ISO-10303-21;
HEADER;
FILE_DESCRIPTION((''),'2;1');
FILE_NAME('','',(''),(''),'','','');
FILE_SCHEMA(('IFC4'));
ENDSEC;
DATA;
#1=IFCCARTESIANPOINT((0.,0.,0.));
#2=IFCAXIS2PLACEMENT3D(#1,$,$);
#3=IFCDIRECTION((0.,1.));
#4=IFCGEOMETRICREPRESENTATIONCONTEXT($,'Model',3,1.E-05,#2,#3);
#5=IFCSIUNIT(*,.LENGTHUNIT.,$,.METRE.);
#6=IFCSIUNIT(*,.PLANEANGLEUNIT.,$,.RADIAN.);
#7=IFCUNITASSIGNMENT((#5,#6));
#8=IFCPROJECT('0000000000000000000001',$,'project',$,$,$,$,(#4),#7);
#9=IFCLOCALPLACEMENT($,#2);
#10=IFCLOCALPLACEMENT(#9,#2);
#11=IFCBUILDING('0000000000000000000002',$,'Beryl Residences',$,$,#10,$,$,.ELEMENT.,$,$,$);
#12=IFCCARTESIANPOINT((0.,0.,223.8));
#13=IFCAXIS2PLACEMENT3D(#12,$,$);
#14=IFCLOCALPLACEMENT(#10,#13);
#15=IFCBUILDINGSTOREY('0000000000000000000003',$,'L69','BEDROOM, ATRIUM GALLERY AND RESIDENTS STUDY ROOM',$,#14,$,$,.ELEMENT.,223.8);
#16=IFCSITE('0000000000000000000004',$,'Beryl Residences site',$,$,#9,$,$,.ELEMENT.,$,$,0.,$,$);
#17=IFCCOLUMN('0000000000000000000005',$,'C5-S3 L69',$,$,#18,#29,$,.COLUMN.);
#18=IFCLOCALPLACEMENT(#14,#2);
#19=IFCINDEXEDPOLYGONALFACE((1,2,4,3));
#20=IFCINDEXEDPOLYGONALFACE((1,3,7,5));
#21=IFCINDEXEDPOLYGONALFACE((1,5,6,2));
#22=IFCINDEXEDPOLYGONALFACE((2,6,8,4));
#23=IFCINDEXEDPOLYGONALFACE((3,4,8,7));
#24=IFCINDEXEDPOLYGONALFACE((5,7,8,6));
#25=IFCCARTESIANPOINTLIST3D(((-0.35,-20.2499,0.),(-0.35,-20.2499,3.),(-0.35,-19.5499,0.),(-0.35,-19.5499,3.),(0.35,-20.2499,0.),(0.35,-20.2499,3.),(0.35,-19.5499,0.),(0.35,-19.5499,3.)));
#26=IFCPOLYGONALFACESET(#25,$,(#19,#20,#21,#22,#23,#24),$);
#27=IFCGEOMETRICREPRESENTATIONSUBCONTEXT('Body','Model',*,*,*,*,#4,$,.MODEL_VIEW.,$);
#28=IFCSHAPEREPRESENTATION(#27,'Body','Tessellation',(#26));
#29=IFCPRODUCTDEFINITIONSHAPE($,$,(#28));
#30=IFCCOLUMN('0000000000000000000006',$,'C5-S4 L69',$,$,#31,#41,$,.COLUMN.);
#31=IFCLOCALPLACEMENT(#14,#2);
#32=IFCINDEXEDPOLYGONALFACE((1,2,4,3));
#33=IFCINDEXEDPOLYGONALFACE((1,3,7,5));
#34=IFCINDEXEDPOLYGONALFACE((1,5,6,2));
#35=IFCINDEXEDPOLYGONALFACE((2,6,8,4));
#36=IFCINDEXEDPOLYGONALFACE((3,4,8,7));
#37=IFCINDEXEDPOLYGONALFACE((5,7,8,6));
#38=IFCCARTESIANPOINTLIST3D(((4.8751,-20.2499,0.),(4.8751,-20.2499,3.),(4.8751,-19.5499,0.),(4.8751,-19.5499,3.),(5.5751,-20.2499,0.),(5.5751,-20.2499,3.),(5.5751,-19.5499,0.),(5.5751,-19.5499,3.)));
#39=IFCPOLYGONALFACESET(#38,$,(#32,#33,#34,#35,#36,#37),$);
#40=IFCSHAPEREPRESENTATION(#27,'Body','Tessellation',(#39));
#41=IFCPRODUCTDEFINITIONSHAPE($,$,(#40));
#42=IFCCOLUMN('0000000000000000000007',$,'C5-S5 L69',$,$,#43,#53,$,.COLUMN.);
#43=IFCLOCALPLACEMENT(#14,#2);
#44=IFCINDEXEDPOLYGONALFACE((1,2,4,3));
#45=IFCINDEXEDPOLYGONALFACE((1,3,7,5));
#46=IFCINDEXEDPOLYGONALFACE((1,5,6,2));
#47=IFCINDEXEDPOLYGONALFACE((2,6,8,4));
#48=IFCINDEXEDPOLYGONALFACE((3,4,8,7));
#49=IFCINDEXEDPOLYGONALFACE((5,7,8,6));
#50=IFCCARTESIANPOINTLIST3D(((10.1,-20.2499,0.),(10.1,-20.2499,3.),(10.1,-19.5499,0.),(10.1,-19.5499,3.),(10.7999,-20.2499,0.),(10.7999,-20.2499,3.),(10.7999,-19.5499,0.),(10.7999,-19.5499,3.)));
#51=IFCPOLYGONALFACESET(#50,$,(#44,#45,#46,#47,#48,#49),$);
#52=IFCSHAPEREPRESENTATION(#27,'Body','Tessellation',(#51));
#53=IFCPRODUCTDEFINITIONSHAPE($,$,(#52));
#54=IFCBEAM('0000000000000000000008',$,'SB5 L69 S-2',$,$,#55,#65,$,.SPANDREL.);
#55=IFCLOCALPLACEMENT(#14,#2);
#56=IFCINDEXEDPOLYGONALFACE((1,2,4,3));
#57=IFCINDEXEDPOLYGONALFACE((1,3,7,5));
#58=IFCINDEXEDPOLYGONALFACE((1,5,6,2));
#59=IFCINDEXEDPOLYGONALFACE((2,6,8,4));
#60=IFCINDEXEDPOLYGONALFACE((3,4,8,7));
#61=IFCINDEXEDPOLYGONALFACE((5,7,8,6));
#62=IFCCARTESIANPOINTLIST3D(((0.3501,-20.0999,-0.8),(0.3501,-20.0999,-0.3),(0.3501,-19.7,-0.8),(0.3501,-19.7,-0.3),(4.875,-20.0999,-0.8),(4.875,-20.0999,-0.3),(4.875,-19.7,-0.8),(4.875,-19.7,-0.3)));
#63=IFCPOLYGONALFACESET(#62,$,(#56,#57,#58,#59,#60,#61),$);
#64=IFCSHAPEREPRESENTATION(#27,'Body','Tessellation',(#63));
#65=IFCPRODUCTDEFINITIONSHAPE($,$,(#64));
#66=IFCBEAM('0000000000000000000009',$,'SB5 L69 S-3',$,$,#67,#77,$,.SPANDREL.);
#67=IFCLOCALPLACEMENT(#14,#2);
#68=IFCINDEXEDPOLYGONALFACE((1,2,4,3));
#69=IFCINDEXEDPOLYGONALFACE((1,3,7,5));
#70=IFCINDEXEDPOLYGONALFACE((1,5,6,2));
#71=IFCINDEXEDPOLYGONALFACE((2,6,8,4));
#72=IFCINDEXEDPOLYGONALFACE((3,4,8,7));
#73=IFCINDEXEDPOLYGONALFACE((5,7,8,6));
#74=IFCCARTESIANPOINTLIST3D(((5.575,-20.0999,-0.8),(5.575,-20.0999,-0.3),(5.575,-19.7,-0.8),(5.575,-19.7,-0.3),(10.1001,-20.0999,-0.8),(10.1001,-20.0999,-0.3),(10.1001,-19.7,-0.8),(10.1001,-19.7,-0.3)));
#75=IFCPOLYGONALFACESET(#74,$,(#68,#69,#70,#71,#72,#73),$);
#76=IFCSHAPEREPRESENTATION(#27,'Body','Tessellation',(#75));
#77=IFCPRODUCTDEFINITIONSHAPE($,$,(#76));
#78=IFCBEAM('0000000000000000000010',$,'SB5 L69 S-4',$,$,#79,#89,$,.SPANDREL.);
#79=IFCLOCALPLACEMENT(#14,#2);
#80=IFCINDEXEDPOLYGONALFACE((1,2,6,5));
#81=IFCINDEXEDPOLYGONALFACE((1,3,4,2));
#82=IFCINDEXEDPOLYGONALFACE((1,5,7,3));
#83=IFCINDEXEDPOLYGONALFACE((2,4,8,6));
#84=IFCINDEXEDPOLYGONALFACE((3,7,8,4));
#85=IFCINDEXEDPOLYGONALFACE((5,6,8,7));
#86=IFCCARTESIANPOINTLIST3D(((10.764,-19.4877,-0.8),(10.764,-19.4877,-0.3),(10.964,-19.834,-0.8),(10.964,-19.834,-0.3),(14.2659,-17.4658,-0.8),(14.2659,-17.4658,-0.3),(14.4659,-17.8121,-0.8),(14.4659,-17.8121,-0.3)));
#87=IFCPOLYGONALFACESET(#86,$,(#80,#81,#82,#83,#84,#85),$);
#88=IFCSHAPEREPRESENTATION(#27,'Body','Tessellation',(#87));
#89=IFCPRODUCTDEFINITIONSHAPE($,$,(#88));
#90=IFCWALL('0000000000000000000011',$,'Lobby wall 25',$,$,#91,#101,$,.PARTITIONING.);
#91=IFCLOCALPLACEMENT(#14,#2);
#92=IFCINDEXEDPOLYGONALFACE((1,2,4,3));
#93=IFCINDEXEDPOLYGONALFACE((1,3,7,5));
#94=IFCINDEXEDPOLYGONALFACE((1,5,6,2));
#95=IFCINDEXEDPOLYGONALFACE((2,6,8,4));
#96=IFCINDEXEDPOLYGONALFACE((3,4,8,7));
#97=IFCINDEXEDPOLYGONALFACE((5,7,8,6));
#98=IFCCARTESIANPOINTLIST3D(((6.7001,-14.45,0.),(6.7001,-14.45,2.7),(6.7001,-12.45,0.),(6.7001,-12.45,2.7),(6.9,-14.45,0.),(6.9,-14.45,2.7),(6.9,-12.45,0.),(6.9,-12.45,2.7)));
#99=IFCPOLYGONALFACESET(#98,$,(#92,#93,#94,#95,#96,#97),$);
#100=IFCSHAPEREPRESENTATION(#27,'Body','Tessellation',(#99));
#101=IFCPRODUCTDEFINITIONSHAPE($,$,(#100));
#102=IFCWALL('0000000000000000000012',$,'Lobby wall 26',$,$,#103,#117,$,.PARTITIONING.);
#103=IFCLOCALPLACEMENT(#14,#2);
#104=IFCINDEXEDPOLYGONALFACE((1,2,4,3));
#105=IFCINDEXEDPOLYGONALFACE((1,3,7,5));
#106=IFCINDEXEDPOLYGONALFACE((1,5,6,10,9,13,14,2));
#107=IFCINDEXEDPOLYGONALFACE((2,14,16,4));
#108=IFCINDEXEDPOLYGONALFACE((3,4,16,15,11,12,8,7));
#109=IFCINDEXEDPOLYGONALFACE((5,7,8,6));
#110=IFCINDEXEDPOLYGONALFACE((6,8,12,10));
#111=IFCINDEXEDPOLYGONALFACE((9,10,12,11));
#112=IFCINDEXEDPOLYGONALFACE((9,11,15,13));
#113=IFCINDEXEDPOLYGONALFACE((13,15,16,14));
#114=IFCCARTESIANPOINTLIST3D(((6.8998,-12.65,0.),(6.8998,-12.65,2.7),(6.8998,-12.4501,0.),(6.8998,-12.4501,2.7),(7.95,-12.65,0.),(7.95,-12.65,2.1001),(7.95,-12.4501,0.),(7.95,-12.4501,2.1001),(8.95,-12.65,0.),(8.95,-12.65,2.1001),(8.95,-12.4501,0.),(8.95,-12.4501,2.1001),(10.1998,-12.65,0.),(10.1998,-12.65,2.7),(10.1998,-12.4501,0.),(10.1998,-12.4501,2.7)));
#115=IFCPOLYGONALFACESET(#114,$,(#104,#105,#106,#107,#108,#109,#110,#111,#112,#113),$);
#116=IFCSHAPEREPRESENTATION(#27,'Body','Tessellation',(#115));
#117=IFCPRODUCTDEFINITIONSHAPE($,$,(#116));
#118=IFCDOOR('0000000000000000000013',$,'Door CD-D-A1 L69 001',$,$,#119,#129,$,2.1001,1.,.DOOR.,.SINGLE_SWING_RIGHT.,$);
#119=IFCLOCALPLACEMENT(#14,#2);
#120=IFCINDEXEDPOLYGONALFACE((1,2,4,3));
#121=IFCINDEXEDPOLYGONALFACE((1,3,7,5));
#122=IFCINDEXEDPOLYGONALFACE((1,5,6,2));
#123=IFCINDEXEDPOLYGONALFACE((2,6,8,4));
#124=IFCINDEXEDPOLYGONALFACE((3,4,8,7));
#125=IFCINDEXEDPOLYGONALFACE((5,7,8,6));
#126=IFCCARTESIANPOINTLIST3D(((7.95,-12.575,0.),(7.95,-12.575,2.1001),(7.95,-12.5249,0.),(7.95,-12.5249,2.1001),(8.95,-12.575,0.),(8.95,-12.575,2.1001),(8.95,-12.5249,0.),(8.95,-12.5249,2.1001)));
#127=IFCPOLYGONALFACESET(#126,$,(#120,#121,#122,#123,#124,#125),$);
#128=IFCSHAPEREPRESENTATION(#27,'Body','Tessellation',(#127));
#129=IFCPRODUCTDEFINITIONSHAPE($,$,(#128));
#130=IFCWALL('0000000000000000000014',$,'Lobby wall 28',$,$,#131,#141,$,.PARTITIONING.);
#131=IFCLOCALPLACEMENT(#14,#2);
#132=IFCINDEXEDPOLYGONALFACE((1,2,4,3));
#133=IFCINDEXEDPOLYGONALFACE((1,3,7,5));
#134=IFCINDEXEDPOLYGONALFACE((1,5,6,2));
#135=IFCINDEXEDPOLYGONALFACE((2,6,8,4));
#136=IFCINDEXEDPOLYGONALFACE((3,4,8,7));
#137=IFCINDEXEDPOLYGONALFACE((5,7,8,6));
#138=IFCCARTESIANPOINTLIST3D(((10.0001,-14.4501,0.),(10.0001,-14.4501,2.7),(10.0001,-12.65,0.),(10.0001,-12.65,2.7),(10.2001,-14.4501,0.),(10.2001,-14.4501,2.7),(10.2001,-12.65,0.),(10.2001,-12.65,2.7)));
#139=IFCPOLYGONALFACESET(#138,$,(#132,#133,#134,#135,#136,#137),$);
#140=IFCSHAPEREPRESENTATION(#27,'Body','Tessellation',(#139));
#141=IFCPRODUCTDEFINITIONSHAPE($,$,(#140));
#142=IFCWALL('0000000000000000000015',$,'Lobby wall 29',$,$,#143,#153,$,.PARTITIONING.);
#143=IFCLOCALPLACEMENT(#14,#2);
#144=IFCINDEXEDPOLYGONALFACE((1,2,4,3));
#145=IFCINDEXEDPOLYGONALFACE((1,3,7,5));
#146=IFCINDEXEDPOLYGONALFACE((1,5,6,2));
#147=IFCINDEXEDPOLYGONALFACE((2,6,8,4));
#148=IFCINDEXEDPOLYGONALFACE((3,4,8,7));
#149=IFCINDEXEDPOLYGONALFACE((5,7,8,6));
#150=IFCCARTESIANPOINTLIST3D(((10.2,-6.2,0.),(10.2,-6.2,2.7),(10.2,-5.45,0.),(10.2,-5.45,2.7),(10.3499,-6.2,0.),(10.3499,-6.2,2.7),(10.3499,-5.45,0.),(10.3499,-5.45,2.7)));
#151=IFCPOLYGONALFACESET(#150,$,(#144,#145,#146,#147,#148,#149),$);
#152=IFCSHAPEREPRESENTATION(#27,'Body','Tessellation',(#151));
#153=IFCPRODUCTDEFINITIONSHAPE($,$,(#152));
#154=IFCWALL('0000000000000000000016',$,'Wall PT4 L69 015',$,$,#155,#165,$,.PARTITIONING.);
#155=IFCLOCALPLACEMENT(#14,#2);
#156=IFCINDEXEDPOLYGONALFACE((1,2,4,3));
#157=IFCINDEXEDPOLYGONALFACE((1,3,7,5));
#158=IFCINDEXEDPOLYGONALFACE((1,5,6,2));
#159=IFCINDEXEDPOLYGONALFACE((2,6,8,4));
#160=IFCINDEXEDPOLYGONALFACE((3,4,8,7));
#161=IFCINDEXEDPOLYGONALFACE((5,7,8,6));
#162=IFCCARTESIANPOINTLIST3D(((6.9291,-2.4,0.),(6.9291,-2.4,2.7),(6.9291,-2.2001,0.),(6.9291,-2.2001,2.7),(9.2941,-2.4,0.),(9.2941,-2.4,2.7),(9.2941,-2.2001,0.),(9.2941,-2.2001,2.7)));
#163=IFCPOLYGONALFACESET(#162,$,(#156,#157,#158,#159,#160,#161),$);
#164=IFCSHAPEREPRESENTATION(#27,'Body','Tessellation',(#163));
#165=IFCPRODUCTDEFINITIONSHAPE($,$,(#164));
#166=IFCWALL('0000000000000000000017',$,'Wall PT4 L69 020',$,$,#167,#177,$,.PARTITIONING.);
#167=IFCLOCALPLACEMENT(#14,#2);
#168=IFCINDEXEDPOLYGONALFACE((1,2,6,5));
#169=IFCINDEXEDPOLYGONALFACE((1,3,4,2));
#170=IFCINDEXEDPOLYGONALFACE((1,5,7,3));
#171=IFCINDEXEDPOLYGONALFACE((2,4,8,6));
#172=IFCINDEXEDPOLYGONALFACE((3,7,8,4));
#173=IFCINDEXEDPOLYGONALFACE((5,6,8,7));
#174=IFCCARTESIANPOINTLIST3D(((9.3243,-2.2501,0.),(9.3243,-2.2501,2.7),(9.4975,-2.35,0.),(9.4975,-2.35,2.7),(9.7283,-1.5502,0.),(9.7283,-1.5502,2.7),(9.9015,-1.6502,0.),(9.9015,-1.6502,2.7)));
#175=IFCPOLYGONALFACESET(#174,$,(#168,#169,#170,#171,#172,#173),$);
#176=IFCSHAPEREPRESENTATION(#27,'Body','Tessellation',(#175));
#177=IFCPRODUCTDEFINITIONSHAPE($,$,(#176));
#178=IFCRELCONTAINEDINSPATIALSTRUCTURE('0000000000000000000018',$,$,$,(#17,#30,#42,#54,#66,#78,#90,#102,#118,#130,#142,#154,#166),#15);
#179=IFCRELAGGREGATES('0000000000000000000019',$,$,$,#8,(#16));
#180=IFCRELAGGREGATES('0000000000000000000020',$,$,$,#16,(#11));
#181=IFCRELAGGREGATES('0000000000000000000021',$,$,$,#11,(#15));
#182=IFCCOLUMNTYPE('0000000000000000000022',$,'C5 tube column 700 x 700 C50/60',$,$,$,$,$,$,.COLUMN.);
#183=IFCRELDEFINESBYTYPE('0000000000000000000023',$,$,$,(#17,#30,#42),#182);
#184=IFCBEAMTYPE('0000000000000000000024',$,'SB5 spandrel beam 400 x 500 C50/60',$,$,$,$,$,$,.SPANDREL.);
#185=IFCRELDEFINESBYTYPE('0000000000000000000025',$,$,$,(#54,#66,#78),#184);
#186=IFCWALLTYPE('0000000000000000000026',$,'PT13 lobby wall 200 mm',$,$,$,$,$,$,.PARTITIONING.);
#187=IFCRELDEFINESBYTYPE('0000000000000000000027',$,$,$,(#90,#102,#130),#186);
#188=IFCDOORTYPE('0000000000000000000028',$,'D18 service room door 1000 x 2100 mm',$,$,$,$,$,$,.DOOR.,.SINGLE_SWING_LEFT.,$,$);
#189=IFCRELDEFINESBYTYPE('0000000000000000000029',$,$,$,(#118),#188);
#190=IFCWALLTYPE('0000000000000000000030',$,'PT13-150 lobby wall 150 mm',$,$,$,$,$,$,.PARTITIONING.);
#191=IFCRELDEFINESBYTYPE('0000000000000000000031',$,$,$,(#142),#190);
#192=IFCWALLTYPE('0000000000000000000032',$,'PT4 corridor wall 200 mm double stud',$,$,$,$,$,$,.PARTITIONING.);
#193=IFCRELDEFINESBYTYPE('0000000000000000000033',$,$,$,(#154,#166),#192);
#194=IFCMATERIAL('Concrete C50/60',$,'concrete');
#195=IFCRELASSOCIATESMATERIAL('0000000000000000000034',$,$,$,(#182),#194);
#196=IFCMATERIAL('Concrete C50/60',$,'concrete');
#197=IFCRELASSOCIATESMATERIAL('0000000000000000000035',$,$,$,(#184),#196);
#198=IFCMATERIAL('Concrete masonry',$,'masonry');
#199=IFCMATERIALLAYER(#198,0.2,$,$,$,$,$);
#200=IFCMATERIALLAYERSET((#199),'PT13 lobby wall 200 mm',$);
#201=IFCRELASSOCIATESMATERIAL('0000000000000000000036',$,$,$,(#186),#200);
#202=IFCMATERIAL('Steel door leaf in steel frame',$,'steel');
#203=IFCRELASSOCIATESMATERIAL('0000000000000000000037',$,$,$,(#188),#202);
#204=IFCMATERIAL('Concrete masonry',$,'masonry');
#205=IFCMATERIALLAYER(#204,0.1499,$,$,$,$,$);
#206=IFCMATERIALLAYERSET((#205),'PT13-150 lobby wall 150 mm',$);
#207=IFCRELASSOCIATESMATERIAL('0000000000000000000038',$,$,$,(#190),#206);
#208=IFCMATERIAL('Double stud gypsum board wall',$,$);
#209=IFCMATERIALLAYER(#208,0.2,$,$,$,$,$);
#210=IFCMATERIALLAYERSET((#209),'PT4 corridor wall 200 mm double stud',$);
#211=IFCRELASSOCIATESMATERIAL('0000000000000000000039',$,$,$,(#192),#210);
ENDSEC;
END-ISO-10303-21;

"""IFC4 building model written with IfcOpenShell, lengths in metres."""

from ifc_helpers import new_model, si_unit, direction, frame, frame_2d, origin, origin_2d, place, context, subcontext, project, spatial, rectangle, extrude, material, layer, layer_set, material_profile, profile_set, type_object, element, fill, save


model = new_model("IFC4")

# Units and contexts
model_context = context("Model", 3, precision=1e-05, world=origin(), true_north=direction((0.0, 1.0)))
body_context = subcontext(model_context, "Body", "Model", "MODEL_VIEW")
ifc_project = project(units=[si_unit("LENGTHUNIT", "METRE"), si_unit("PLANEANGLEUNIT", "RADIAN")], contexts=[model_context])

# Site, building, storey
site_placement = place(None, origin())
site = spatial("IfcSite", under=ifc_project, at=site_placement, Name="Beryl Residences site", CompositionType="ELEMENT", RefElevation=0.0)
building_placement = place(site_placement, origin())
building = spatial("IfcBuilding", under=site, at=building_placement, Name="Beryl Residences", CompositionType="ELEMENT")
storey_placement = place(building_placement, frame((0.0, 0.0, 223.8)))
storey = spatial("IfcBuildingStorey", under=building, at=storey_placement, Name="L69", Description="BEDROOM, ATRIUM GALLERY AND RESIDENTS STUDY ROOM", CompositionType="ELEMENT", Elevation=223.8)

# Columns
ifc_material_1 = material(Name="Concrete C50/60", Category="concrete")
ifc_material_profile_1 = material_profile(ifc_material_1, rectangle(XDim=0.7, YDim=0.7, at=origin_2d()))
ifc_profile_set_1 = profile_set([ifc_material_profile_1], Name="Concrete C50/60")
column_type = type_object("IfcColumnType", Name="C5 tube column 700 x 700 C50/60", PredefinedType="COLUMN", material=ifc_profile_set_1)
for number, where, z_axis, x_axis, name in (
    (1, (0.0, -19.8999, 0.0), (0.0, 0.0, 1.0), (1.0, 0.0, 0.0), "C5-S3 L69"),
    (2, (5.2251, -19.8999, 0.0), (0.0, 0.0, 1.0), (1.0, 0.0, 0.0), "C5-S4 L69"),
    (3, (10.45, -19.8999, 0.0), (0.0, 0.0, 1.0), (1.0, 0.0, 0.0), "C5-S5 L69"),
):
    element("IfcColumn", number, at=place(storey_placement, frame(where, z_axis=z_axis, x_axis=x_axis)), inside=storey, type_object=column_type, Name=name, PredefinedType="COLUMN", context=body_context, shape_type="SweptSolid", body=[
        extrude(rectangle(XDim=0.7, YDim=0.7, at=origin_2d()), origin(), (0.0, 0.0, 1.0), 3.0),
    ])

# Beams
ifc_material_2 = material(Name="Concrete C50/60", Category="concrete")
ifc_material_profile_2 = material_profile(ifc_material_2, rectangle(XDim=0.3999, YDim=0.5, at=origin_2d()))
ifc_profile_set_2 = profile_set([ifc_material_profile_2], Name="Concrete C50/60")
beam_type = type_object("IfcBeamType", Name="SB5 spandrel beam 400 x 500 C50/60", PredefinedType="SPANDREL", material=ifc_profile_set_2)
beam_1_placement = place(storey_placement, frame((0.3501, -19.8999, -0.55), z_axis=(1.0, 0.0, 0.0), x_axis=(0.0, 1.0, 0.0)))
element("IfcBeam", 4, at=beam_1_placement, inside=storey, type_object=beam_type, Name="SB5 L69 S-2", PredefinedType="SPANDREL", context=body_context, shape_type="SweptSolid", body=[
    extrude(rectangle(XDim=0.3999, YDim=0.5, at=origin_2d()), origin(), (0.0, 0.0, 1.0), 4.5249),
])
beam_2_placement = place(storey_placement, frame((5.575, -19.8999, -0.55), z_axis=(1.0, 0.0, 0.0), x_axis=(0.0, 1.0, 0.0)))
element("IfcBeam", 5, at=beam_2_placement, inside=storey, type_object=beam_type, Name="SB5 L69 S-3", PredefinedType="SPANDREL", context=body_context, shape_type="SweptSolid", body=[
    extrude(rectangle(XDim=0.3999, YDim=0.5, at=origin_2d()), origin(), (0.0, 0.0, 1.0), 4.5251),
])
beam_3_placement = place(storey_placement, frame((10.864, -19.6609, -0.55), z_axis=(0.866013, 0.500022, 0.0), x_axis=(-0.500022, 0.866013, 0.0)))
element("IfcBeam", 6, at=beam_3_placement, inside=storey, type_object=beam_type, Name="SB5 L69 S-4", PredefinedType="SPANDREL", context=body_context, shape_type="SweptSolid", body=[
    extrude(rectangle(XDim=0.3999, YDim=0.5, at=origin_2d()), origin(), (0.0, 0.0, 1.0), 4.0437),
])

# Wall
ifc_material_3 = material(Name="Concrete masonry", Category="masonry")
ifc_layer_1 = layer(ifc_material_3, 0.2)
ifc_layer_set_1 = layer_set([ifc_layer_1], Name="PT13 lobby wall 200 mm")
wall_type_1 = type_object("IfcWallType", Name="PT13 lobby wall 200 mm", PredefinedType="PARTITIONING", material=ifc_layer_set_1)
wall_1_placement = place(storey_placement, frame((6.8, -14.45, 0.0), z_axis=(0.0, 0.0, 1.0), x_axis=(0.0, 1.0, 0.0)))
element("IfcWall", 7, at=wall_1_placement, inside=storey, type_object=wall_type_1, Name="Lobby wall 25", PredefinedType="PARTITIONING", context=body_context, shape_type="SweptSolid", body=[
    extrude(rectangle(XDim=2.0, YDim=0.2, at=frame_2d((1.0, 0.0))), origin(), (0.0, 0.0, 1.0), 2.7),
])

# Wall, opening, door
wall_2_placement = place(storey_placement, frame((6.8999, -12.55, 0.0), z_axis=(0.0, 0.0, 1.0), x_axis=(1.0, 0.0, 0.0)))
wall_2 = element("IfcWall", 8, at=wall_2_placement, inside=storey, type_object=wall_type_1, Name="Lobby wall 26", PredefinedType="PARTITIONING", context=body_context, shape_type="SweptSolid", body=[
    extrude(rectangle(XDim=3.3, YDim=0.2, at=frame_2d((1.6499, 0.0))), origin(), (0.0, 0.0, 1.0), 2.7),
])
opening_placement = place(wall_2_placement, frame((2.05, 0.0, 0.0), z_axis=(0.0, 0.0, 1.0), x_axis=(-1.0, 0.0, 0.0)))
opening = element("IfcOpeningElement", 9, at=opening_placement, cuts=wall_2, PredefinedType="OPENING", context=body_context, shape_type="SweptSolid", body=[
    extrude(rectangle(XDim=1.0, YDim=2.1001, at=frame_2d((0.5, 1.05))), frame((0.0, 0.1099, 0.0), z_axis=(0.0, -1.0, 0.0), x_axis=(1.0, 0.0, 0.0)), (0.0, 0.0, 1.0), 0.22),
])
ifc_material_4 = material(Name="Steel door leaf in steel frame", Category="steel")
door_type = type_object("IfcDoorType", Name="D18 service room door 1000 x 2100 mm", OperationType="SINGLE_SWING_LEFT", PredefinedType="DOOR", material=ifc_material_4)
door_placement = place(opening_placement, origin())
door = element("IfcDoor", 10, at=door_placement, inside=storey, type_object=door_type, Name="Door CD-D-A1 L69 001", OperationType="SINGLE_SWING_RIGHT", OverallHeight=2.1001, OverallWidth=1.0, PredefinedType="DOOR", context=body_context, shape_type="SweptSolid", body=[
    extrude(rectangle(XDim=1.0, YDim=2.1001, at=frame_2d((0.5, 1.05))), frame((0.0, 0.0249, 0.0), z_axis=(0.0, -1.0, 0.0), x_axis=(1.0, 0.0, 0.0)), (0.0, 0.0, 1.0), 0.05),
])
fill(opening, door)

# Walls
wall_3_placement = place(storey_placement, frame((10.1001, -14.45, 0.0), z_axis=(0.0, 0.0, 1.0), x_axis=(0.0, 1.0, 0.0)))
element("IfcWall", 11, at=wall_3_placement, inside=storey, type_object=wall_type_1, Name="Lobby wall 28", PredefinedType="PARTITIONING", context=body_context, shape_type="SweptSolid", body=[
    extrude(rectangle(XDim=1.8, YDim=0.2, at=frame_2d((0.8999, 0.0))), origin(), (0.0, 0.0, 1.0), 2.7),
])
ifc_material_5 = material(Name="Concrete masonry", Category="masonry")
ifc_layer_2 = layer(ifc_material_5, 0.1499)
ifc_layer_set_2 = layer_set([ifc_layer_2], Name="PT13-150 lobby wall 150 mm")
wall_type_2 = type_object("IfcWallType", Name="PT13-150 lobby wall 150 mm", PredefinedType="PARTITIONING", material=ifc_layer_set_2)
wall_4_placement = place(storey_placement, frame((10.2749, -6.2, 0.0), z_axis=(0.0, 0.0, 1.0), x_axis=(0.0, 1.0, 0.0)))
element("IfcWall", 12, at=wall_4_placement, inside=storey, type_object=wall_type_2, Name="Lobby wall 29", PredefinedType="PARTITIONING", context=body_context, shape_type="SweptSolid", body=[
    extrude(rectangle(XDim=0.75, YDim=0.1499, at=frame_2d((0.375, 0.0))), origin(), (0.0, 0.0, 1.0), 2.7),
])
ifc_material_6 = material(Name="Double stud gypsum board wall")
ifc_layer_3 = layer(ifc_material_6, 0.2)
ifc_layer_set_3 = layer_set([ifc_layer_3], Name="PT4 corridor wall 200 mm double stud")
wall_type_3 = type_object("IfcWallType", Name="PT4 corridor wall 200 mm double stud", PredefinedType="PARTITIONING", material=ifc_layer_set_3)
wall_5_placement = place(storey_placement, frame((6.929, -2.3, 0.0), z_axis=(0.0, 0.0, 1.0), x_axis=(1.0, 0.0, 0.0)))
element("IfcWall", 13, at=wall_5_placement, inside=storey, type_object=wall_type_3, Name="Wall PT4 L69 015", PredefinedType="PARTITIONING", context=body_context, shape_type="SweptSolid", body=[
    extrude(rectangle(XDim=2.365, YDim=0.2, at=frame_2d((1.1826, 0.0))), origin(), (0.0, 0.0, 1.0), 2.7),
])
wall_6_placement = place(storey_placement, frame((9.4109, -2.3, 0.0), z_axis=(0.0, 0.0, 1.0), x_axis=(0.49994, 0.86606, 0.0)))
element("IfcWall", 14, at=wall_6_placement, inside=storey, type_object=wall_type_3, Name="Wall PT4 L69 020", PredefinedType="PARTITIONING", context=body_context, shape_type="SweptSolid", body=[
    extrude(rectangle(XDim=0.8081, YDim=0.2, at=frame_2d((0.4041, 0.0))), origin(), (0.0, 0.0, 1.0), 2.7),
])

save(model, "model.ifc")
